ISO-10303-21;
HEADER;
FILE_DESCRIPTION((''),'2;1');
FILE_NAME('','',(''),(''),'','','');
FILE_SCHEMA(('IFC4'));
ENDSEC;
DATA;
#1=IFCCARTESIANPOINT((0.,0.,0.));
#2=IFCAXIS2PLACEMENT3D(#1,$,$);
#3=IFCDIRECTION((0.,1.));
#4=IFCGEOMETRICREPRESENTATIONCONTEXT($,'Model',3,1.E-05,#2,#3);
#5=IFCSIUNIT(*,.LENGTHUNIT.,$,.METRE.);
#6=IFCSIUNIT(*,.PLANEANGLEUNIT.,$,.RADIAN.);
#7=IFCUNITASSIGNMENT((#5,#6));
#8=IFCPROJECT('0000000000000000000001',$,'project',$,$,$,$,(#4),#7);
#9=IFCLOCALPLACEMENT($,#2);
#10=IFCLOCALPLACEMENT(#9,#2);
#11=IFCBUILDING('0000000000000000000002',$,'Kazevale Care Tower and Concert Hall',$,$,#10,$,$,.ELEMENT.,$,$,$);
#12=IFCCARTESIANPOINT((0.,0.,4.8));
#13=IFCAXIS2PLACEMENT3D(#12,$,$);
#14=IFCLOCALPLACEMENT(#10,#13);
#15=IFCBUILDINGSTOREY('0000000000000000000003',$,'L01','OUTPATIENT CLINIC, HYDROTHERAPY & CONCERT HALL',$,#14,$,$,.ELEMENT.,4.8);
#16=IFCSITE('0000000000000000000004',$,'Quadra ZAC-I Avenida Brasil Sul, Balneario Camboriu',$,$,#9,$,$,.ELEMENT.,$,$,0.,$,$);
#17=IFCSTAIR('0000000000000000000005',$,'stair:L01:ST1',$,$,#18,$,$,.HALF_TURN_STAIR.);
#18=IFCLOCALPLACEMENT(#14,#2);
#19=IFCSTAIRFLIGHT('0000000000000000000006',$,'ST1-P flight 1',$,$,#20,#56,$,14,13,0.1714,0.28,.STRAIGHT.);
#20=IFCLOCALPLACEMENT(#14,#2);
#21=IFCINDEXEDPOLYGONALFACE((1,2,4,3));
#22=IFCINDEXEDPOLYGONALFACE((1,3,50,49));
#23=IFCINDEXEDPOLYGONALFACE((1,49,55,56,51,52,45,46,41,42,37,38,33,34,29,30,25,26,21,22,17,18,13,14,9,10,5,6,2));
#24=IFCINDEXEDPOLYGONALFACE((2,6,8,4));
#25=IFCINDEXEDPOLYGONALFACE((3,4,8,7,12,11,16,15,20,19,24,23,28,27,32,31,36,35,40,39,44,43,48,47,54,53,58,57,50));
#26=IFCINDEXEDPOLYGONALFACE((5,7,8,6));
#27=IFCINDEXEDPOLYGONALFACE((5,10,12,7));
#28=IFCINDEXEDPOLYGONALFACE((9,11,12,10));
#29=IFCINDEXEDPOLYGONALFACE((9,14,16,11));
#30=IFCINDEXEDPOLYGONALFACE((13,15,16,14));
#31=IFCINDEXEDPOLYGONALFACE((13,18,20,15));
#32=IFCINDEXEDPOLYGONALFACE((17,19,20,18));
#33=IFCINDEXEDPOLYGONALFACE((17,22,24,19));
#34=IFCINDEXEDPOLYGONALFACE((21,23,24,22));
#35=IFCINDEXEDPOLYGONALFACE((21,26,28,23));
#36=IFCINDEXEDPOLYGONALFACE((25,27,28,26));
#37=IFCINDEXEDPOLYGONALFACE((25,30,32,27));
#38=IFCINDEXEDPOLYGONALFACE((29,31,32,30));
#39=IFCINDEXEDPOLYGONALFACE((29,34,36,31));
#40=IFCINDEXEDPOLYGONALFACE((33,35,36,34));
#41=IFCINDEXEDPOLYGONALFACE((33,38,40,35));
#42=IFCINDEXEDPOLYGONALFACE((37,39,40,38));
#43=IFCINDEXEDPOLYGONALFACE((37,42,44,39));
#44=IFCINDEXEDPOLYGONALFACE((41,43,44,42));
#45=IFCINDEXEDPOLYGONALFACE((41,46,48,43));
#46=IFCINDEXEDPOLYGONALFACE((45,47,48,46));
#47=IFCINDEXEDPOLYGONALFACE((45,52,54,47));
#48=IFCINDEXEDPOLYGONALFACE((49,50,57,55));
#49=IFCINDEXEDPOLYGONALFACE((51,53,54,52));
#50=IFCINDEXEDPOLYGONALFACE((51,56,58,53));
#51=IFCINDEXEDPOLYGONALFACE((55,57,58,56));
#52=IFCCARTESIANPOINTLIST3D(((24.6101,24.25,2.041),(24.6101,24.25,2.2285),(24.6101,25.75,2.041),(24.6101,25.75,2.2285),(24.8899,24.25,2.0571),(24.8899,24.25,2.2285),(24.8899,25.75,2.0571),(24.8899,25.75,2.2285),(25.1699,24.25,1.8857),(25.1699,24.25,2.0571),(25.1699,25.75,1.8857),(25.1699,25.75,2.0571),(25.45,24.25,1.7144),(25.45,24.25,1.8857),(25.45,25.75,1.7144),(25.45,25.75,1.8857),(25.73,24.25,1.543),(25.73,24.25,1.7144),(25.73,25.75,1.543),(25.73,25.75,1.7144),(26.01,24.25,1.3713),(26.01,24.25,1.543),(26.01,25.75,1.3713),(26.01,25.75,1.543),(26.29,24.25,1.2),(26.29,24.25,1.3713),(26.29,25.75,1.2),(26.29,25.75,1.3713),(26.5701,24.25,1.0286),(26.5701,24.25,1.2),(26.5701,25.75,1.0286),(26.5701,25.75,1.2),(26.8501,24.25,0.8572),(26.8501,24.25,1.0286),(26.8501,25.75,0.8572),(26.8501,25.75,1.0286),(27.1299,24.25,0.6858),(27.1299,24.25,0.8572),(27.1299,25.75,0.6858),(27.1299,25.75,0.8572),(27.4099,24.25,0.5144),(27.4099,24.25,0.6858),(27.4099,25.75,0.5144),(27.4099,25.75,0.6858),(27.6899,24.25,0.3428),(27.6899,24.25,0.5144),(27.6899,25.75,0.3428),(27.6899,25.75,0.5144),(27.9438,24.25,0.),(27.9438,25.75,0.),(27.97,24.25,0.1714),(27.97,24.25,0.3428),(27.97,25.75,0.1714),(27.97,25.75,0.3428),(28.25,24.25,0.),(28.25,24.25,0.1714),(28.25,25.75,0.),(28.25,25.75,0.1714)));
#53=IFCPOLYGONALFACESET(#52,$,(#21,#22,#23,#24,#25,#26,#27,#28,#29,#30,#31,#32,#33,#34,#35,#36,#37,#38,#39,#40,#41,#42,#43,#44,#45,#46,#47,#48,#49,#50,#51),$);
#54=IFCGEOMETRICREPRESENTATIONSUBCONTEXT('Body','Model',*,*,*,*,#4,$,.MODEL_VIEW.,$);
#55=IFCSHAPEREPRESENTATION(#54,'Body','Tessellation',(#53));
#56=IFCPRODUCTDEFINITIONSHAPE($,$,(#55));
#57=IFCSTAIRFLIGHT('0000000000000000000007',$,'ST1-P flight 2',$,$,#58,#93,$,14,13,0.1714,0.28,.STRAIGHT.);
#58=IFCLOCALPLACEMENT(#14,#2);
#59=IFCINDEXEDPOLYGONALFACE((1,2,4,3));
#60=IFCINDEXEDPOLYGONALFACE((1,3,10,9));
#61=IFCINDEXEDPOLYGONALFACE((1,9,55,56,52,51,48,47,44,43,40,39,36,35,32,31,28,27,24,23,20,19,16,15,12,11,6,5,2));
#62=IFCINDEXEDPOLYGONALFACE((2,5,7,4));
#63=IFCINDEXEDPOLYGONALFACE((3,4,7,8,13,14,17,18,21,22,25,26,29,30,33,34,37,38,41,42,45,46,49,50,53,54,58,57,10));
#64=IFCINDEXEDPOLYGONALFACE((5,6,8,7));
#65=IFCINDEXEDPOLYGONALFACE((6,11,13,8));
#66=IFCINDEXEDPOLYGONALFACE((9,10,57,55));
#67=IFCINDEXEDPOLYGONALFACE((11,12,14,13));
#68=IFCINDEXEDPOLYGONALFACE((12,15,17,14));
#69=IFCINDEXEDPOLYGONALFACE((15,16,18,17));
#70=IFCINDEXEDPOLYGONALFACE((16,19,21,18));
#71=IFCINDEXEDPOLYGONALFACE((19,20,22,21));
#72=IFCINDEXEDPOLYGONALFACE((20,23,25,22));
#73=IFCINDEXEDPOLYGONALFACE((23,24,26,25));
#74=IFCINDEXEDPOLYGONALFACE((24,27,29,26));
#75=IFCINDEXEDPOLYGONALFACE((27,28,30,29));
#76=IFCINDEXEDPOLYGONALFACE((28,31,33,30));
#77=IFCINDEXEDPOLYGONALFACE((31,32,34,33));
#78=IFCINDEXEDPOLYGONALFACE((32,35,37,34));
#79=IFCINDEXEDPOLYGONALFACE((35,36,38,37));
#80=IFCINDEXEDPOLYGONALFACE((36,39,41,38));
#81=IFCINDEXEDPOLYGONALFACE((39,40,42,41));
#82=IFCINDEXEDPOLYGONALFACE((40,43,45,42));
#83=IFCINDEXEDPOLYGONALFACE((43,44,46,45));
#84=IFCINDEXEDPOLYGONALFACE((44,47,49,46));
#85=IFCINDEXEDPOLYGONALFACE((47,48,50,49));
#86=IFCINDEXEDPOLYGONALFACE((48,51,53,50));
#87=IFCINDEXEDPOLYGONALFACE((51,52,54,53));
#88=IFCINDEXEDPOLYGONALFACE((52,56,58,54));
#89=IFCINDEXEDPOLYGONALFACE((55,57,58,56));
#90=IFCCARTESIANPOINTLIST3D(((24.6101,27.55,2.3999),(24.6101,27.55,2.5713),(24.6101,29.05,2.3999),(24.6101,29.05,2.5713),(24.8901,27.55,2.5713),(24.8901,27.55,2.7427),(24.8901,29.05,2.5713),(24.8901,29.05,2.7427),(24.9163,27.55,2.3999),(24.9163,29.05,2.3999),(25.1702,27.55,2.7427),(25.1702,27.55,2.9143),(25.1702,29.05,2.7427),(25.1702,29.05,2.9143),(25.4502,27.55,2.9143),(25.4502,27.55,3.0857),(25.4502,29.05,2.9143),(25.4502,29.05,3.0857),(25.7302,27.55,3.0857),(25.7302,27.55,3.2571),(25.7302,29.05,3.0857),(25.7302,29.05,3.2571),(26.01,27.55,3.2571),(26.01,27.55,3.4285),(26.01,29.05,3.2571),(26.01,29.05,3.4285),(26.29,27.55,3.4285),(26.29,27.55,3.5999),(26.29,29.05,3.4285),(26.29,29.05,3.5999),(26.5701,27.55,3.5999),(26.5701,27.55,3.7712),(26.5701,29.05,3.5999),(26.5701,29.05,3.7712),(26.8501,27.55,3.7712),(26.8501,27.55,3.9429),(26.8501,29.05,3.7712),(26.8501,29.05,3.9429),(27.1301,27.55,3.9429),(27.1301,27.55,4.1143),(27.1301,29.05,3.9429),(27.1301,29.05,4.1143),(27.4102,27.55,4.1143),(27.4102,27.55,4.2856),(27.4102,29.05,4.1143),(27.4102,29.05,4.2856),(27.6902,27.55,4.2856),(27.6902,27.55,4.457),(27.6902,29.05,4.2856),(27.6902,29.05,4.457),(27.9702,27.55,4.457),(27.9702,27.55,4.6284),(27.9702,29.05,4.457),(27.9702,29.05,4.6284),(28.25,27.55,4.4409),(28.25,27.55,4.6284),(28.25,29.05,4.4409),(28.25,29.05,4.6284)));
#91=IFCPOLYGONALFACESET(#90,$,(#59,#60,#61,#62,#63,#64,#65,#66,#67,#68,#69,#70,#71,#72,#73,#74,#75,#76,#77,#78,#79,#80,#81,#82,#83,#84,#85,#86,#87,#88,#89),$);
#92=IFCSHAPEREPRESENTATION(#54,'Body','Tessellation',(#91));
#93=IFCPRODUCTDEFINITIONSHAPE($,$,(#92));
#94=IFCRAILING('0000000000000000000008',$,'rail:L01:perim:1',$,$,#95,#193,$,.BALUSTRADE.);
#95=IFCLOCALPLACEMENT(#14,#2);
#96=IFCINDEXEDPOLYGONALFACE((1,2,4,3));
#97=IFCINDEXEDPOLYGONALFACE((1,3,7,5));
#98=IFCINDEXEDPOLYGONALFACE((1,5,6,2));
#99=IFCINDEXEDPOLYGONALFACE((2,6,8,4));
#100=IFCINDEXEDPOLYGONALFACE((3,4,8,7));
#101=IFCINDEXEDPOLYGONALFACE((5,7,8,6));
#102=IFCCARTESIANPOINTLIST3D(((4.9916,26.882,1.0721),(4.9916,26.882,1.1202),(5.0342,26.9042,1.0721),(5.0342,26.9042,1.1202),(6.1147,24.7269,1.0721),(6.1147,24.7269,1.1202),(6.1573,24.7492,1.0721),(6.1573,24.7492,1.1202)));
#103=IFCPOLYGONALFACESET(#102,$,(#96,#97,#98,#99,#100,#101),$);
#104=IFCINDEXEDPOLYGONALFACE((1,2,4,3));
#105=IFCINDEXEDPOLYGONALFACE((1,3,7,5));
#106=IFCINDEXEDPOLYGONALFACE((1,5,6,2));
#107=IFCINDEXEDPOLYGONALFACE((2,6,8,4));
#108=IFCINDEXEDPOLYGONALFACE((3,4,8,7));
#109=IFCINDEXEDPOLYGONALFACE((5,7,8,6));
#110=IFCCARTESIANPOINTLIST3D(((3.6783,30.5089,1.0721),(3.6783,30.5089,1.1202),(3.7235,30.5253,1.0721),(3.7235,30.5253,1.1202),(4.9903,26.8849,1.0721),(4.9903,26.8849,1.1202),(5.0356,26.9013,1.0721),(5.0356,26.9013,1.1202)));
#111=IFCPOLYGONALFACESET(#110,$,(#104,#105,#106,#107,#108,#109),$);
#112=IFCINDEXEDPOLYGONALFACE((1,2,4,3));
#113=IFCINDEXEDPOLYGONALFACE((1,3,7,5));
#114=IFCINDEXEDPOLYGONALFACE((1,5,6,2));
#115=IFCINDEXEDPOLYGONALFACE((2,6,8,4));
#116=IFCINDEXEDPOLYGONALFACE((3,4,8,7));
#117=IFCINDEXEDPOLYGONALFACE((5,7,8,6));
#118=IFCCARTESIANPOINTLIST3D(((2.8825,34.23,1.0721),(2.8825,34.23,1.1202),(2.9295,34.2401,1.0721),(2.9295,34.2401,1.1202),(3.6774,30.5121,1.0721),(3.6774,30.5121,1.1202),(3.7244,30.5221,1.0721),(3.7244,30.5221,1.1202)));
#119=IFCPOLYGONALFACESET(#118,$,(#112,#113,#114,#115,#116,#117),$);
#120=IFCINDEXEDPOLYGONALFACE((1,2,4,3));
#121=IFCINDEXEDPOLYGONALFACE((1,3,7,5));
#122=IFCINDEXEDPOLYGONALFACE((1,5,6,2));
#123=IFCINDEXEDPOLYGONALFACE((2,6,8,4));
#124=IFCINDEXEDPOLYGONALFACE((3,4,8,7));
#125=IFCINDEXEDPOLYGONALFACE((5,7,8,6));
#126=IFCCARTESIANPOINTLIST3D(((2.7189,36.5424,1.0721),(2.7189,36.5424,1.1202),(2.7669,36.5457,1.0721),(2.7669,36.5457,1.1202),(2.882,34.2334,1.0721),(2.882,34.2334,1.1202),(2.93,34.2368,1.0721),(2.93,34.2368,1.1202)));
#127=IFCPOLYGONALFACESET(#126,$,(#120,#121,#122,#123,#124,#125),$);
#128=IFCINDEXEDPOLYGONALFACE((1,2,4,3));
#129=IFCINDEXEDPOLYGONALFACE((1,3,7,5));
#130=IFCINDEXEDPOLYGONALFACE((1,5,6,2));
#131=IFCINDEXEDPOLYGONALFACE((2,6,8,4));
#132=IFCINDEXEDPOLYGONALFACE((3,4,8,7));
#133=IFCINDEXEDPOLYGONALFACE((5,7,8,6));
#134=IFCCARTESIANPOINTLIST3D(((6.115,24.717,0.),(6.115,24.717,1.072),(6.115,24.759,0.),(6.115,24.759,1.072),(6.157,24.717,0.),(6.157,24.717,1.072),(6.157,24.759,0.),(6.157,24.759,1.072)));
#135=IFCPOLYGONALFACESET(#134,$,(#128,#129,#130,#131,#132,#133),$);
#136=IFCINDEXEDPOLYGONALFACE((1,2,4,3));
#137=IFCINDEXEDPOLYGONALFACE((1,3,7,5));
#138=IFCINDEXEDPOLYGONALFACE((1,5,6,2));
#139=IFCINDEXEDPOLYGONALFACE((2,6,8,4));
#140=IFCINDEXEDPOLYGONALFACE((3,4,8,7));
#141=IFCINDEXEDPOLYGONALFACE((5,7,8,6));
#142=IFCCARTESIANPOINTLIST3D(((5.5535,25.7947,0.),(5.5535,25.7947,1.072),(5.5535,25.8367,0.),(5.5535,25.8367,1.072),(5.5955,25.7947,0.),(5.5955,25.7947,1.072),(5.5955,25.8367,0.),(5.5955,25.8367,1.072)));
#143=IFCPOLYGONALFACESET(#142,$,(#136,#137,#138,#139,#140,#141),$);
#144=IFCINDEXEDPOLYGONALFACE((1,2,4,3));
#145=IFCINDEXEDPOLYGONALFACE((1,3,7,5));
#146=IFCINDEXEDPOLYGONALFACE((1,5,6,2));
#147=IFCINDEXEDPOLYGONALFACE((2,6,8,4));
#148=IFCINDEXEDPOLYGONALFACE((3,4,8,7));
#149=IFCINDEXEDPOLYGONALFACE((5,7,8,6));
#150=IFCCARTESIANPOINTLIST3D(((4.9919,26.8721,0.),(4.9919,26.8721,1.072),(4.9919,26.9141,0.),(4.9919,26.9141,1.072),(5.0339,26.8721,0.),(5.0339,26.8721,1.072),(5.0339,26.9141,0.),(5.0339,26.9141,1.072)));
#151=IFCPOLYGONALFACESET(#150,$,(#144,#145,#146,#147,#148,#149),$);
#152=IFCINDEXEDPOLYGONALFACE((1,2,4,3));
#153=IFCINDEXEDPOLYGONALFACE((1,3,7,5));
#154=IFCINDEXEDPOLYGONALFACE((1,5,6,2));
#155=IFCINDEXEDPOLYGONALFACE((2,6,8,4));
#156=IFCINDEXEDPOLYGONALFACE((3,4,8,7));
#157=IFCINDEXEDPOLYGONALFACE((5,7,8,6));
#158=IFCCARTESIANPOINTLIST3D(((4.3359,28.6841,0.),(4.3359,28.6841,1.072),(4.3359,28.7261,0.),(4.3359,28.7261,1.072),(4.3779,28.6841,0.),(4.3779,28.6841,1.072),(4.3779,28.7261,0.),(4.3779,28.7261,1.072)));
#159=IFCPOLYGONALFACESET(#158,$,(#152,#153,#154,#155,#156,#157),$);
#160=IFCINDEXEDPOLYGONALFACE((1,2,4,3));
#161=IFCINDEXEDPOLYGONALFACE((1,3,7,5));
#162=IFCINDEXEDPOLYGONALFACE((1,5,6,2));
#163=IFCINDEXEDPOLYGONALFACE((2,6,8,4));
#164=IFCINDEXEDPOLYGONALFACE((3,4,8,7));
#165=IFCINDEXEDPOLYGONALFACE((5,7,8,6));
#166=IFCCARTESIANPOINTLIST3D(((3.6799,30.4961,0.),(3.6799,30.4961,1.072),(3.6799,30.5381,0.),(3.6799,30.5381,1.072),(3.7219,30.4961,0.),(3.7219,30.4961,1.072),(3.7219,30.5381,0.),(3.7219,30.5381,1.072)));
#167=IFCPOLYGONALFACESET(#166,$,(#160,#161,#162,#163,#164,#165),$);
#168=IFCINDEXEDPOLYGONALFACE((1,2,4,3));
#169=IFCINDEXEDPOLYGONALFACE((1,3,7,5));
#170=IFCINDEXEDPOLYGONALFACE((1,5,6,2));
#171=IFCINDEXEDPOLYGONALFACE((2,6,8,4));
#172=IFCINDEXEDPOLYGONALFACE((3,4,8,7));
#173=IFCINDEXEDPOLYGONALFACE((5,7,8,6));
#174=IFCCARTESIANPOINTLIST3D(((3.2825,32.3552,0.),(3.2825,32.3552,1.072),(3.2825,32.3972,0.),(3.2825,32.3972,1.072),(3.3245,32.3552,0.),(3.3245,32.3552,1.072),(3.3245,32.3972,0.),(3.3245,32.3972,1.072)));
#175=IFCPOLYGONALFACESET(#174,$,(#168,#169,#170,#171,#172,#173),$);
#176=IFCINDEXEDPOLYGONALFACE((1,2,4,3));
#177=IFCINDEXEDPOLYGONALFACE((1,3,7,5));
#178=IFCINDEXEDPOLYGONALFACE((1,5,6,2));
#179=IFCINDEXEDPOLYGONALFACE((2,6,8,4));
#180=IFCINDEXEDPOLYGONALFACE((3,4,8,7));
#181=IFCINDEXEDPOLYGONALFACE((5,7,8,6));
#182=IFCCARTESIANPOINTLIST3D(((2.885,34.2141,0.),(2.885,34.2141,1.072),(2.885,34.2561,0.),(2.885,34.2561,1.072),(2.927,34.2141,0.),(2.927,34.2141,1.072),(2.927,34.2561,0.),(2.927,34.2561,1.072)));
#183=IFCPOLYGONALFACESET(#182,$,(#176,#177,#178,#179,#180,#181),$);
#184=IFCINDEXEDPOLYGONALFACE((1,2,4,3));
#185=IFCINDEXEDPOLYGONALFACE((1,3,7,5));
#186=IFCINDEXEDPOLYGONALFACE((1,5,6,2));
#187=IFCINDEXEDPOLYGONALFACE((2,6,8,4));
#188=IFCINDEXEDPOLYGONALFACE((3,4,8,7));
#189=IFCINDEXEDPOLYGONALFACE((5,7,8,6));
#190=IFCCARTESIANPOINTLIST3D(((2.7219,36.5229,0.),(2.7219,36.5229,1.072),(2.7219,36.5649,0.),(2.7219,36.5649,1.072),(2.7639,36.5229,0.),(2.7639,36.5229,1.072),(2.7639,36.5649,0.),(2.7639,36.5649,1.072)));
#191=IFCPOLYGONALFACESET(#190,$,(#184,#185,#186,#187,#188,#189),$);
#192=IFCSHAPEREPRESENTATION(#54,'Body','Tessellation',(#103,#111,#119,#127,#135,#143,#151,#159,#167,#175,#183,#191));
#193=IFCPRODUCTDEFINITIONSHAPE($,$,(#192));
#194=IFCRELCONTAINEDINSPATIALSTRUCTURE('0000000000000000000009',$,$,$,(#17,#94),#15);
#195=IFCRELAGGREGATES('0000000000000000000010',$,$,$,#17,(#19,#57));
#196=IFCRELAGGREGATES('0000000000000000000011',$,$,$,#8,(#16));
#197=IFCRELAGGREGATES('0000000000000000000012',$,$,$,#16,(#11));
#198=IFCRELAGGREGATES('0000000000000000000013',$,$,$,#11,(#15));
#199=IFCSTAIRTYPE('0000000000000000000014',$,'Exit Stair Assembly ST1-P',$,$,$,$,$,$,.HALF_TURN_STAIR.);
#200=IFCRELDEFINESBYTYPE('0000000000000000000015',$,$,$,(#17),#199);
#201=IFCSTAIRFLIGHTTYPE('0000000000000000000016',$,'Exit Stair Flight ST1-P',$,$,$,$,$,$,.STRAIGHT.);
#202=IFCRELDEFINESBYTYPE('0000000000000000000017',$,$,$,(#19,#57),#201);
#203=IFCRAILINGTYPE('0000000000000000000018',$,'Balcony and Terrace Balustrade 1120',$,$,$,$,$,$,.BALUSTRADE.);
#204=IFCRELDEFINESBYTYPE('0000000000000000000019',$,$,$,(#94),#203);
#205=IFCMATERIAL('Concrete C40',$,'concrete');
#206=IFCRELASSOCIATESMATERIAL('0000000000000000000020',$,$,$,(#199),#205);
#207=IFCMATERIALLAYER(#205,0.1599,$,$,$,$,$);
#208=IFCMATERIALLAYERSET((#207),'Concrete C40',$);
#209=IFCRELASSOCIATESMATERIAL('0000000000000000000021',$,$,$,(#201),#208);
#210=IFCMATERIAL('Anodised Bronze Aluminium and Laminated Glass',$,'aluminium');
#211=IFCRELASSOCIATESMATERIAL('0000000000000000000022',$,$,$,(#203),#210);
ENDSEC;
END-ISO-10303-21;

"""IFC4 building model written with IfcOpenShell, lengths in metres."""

from ifc_helpers import new_model, si_unit, direction, frame, origin, origin_2d, place, context, subcontext, project, spatial, polyline, rectangle, outline, extrude, material, layer, layer_set, type_object, element, aggregate, save


model = new_model("IFC4")

# Units and contexts
model_context = context("Model", 3, precision=1e-05, world=origin(), true_north=direction((0.0, 1.0)))
body_context = subcontext(model_context, "Body", "Model", "MODEL_VIEW")
ifc_project = project(units=[si_unit("LENGTHUNIT", "METRE"), si_unit("PLANEANGLEUNIT", "RADIAN")], contexts=[model_context])

# Site, building, storey
site_placement = place(None, origin())
site = spatial("IfcSite", under=ifc_project, at=site_placement, Name="Quadra ZAC-I Avenida Brasil Sul, Balneario Camboriu", CompositionType="ELEMENT", RefElevation=0.0)
building_placement = place(site_placement, origin())
building = spatial("IfcBuilding", under=site, at=building_placement, Name="Kazevale Care Tower and Concert Hall", CompositionType="ELEMENT")
storey_placement = place(building_placement, frame((0.0, 0.0, 4.8)))
storey = spatial("IfcBuildingStorey", under=building, at=storey_placement, Name="L01", Description="OUTPATIENT CLINIC, HYDROTHERAPY & CONCERT HALL", CompositionType="ELEMENT", Elevation=4.8)

# Shared definitions
ifc_material_1 = material(Name="Concrete C40", Category="concrete")

# Stair, stair flights
stair_type = type_object("IfcStairType", Name="Exit Stair Assembly ST1-P", PredefinedType="HALF_TURN_STAIR", material=ifc_material_1)
stair_placement = place(storey_placement, origin())
stair = element("IfcStair", 1, at=stair_placement, inside=storey, type_object=stair_type, Name="stair:L01:ST1", PredefinedType="HALF_TURN_STAIR")
ifc_layer_1 = layer(ifc_material_1, 0.1599)
ifc_layer_set_1 = layer_set([ifc_layer_1], Name="Concrete C40")
stair_flight_type = type_object("IfcStairFlightType", Name="Exit Stair Flight ST1-P", PredefinedType="STRAIGHT", material=ifc_layer_set_1)
stair_flight_1_placement = place(storey_placement, frame((28.25, 25.0, 0.0), z_axis=(0.0, 0.0, 1.0), x_axis=(-1.0, 0.0, 0.0)))
stair_flight_1 = element("IfcStairFlight", 2, at=stair_flight_1_placement, type_object=stair_flight_type, Name="ST1-P flight 1", NumberOfRisers=14, NumberOfTreads=13, PredefinedType="STRAIGHT", RiserHeight=0.1714, TreadLength=0.28, context=body_context, shape_type="SweptSolid", body=[
    extrude(outline(polyline([(0.0, 0.0), (0.0, 0.1714), (0.28, 0.1714), (0.28, 0.3428), (0.5601, 0.3428), (0.5601, 0.5144), (0.8401, 0.5144), (0.8401, 0.6858), (1.1201, 0.6858), (1.1201, 0.8572), (1.3999, 0.8572), (1.3999, 1.0286), (1.6799, 1.0286), (1.6799, 1.2), (1.96, 1.2), (1.96, 1.3713), (2.24, 1.3713), (2.24, 1.543), (2.52, 1.543), (2.52, 1.7144), (2.8, 1.7144), (2.8, 1.8857), (3.0801, 1.8857), (3.0801, 2.0571), (3.3601, 2.0571), (3.3601, 2.2285), (3.6399, 2.2285), (3.6399, 2.3999), (3.6399, 2.041), (0.3062, 0.0), (0.0, 0.0)])), frame((0.0, 0.75, 0.0), z_axis=(0.0, -1.0, 0.0), x_axis=(1.0, 0.0, 0.0)), (0.0, 0.0, 1.0), 1.5),
])
stair_flight_2_placement = place(storey_placement, frame((24.6101, 28.3, 2.3999), z_axis=(0.0, 0.0, 1.0), x_axis=(1.0, 0.0, 0.0)))
stair_flight_2 = element("IfcStairFlight", 3, at=stair_flight_2_placement, type_object=stair_flight_type, Name="ST1-P flight 2", NumberOfRisers=14, NumberOfTreads=13, PredefinedType="STRAIGHT", RiserHeight=0.1714, TreadLength=0.28, context=body_context, shape_type="SweptSolid", body=[
    extrude(outline(polyline([(0.0, 0.0), (0.0, 0.1714), (0.28, 0.1714), (0.28, 0.3428), (0.5601, 0.3428), (0.5601, 0.5144), (0.8401, 0.5144), (0.8401, 0.6858), (1.1201, 0.6858), (1.1201, 0.8572), (1.3999, 0.8572), (1.3999, 1.0286), (1.6799, 1.0286), (1.6799, 1.2), (1.96, 1.2), (1.96, 1.3713), (2.24, 1.3713), (2.24, 1.543), (2.52, 1.543), (2.52, 1.7144), (2.8, 1.7144), (2.8, 1.8857), (3.0801, 1.8857), (3.0801, 2.0571), (3.3601, 2.0571), (3.3601, 2.2285), (3.6399, 2.2285), (3.6399, 2.3999), (3.6399, 2.041), (0.3062, 0.0), (0.0, 0.0)])), frame((0.0, 0.75, 0.0), z_axis=(0.0, -1.0, 0.0), x_axis=(1.0, 0.0, 0.0)), (0.0, 0.0, 1.0), 1.5),
])
aggregate(stair, [stair_flight_1, stair_flight_2])

# Railing
ifc_material_2 = material(Name="Anodised Bronze Aluminium and Laminated Glass", Category="aluminium")
railing_type_1 = type_object("IfcRailingType", Name="Balcony and Terrace Balustrade 1120", PredefinedType="BALUSTRADE", material=ifc_material_2)
railing_1_placement = place(storey_placement, frame((6.136, 24.738, 0.0)))
element("IfcRailing", 4, at=railing_1_placement, inside=storey, type_object=railing_type_1, Name="rail:L01:perim:1", PredefinedType="BALUSTRADE", context=body_context, shape_type="SweptSolid", body=[
    extrude(rectangle(XDim=0.0481, YDim=0.0481, at=origin_2d()), frame((0.0, 0.0, 1.0962), z_axis=(-0.46214, 0.886807, 0.0), x_axis=(-0.886807, -0.46214, 0.0)), (0.0, 0.0, 1.0), 2.4302),
    extrude(rectangle(XDim=0.0481, YDim=0.0481, at=origin_2d()), frame((-1.123, 2.155, 1.0962), z_axis=(-0.34041, 0.940277, 0.0), x_axis=(-0.940277, -0.34041, 0.0)), (0.0, 0.0, 1.0), 3.8542),
    extrude(rectangle(XDim=0.0481, YDim=0.0481, at=origin_2d()), frame((-2.4351, 5.7791, 1.0962), z_axis=(-0.209077, 0.977899, 0.0), x_axis=(-0.977899, -0.209077, 0.0)), (0.0, 0.0, 1.0), 3.802),
    extrude(rectangle(XDim=0.0481, YDim=0.0481, at=origin_2d()), frame((-3.23, 9.4971, 1.0962), z_axis=(-0.07046, 0.997515, 0.0), x_axis=(-0.997515, -0.07046, 0.0)), (0.0, 0.0, 1.0), 2.3147),
    extrude(rectangle(XDim=0.042, YDim=0.042, at=origin_2d()), origin(), (0.0, 0.0, 1.0), 1.072),
    extrude(rectangle(XDim=0.042, YDim=0.042, at=origin_2d()), frame((-0.5615, 1.0776, 0.0)), (0.0, 0.0, 1.0), 1.072),
    extrude(rectangle(XDim=0.042, YDim=0.042, at=origin_2d()), frame((-1.123, 2.155, 0.0)), (0.0, 0.0, 1.0), 1.072),
    extrude(rectangle(XDim=0.042, YDim=0.042, at=origin_2d()), frame((-1.7791, 3.967, 0.0)), (0.0, 0.0, 1.0), 1.072),
    extrude(rectangle(XDim=0.042, YDim=0.042, at=origin_2d()), frame((-2.4351, 5.7791, 0.0)), (0.0, 0.0, 1.0), 1.072),
    extrude(rectangle(XDim=0.042, YDim=0.042, at=origin_2d()), frame((-2.8325, 7.6382, 0.0)), (0.0, 0.0, 1.0), 1.072),
    extrude(rectangle(XDim=0.042, YDim=0.042, at=origin_2d()), frame((-3.23, 9.4971, 0.0)), (0.0, 0.0, 1.0), 1.072),
    extrude(rectangle(XDim=0.042, YDim=0.042, at=origin_2d()), frame((-3.3931, 11.8059, 0.0)), (0.0, 0.0, 1.0), 1.072),
])

save(model, "model.ifc")
